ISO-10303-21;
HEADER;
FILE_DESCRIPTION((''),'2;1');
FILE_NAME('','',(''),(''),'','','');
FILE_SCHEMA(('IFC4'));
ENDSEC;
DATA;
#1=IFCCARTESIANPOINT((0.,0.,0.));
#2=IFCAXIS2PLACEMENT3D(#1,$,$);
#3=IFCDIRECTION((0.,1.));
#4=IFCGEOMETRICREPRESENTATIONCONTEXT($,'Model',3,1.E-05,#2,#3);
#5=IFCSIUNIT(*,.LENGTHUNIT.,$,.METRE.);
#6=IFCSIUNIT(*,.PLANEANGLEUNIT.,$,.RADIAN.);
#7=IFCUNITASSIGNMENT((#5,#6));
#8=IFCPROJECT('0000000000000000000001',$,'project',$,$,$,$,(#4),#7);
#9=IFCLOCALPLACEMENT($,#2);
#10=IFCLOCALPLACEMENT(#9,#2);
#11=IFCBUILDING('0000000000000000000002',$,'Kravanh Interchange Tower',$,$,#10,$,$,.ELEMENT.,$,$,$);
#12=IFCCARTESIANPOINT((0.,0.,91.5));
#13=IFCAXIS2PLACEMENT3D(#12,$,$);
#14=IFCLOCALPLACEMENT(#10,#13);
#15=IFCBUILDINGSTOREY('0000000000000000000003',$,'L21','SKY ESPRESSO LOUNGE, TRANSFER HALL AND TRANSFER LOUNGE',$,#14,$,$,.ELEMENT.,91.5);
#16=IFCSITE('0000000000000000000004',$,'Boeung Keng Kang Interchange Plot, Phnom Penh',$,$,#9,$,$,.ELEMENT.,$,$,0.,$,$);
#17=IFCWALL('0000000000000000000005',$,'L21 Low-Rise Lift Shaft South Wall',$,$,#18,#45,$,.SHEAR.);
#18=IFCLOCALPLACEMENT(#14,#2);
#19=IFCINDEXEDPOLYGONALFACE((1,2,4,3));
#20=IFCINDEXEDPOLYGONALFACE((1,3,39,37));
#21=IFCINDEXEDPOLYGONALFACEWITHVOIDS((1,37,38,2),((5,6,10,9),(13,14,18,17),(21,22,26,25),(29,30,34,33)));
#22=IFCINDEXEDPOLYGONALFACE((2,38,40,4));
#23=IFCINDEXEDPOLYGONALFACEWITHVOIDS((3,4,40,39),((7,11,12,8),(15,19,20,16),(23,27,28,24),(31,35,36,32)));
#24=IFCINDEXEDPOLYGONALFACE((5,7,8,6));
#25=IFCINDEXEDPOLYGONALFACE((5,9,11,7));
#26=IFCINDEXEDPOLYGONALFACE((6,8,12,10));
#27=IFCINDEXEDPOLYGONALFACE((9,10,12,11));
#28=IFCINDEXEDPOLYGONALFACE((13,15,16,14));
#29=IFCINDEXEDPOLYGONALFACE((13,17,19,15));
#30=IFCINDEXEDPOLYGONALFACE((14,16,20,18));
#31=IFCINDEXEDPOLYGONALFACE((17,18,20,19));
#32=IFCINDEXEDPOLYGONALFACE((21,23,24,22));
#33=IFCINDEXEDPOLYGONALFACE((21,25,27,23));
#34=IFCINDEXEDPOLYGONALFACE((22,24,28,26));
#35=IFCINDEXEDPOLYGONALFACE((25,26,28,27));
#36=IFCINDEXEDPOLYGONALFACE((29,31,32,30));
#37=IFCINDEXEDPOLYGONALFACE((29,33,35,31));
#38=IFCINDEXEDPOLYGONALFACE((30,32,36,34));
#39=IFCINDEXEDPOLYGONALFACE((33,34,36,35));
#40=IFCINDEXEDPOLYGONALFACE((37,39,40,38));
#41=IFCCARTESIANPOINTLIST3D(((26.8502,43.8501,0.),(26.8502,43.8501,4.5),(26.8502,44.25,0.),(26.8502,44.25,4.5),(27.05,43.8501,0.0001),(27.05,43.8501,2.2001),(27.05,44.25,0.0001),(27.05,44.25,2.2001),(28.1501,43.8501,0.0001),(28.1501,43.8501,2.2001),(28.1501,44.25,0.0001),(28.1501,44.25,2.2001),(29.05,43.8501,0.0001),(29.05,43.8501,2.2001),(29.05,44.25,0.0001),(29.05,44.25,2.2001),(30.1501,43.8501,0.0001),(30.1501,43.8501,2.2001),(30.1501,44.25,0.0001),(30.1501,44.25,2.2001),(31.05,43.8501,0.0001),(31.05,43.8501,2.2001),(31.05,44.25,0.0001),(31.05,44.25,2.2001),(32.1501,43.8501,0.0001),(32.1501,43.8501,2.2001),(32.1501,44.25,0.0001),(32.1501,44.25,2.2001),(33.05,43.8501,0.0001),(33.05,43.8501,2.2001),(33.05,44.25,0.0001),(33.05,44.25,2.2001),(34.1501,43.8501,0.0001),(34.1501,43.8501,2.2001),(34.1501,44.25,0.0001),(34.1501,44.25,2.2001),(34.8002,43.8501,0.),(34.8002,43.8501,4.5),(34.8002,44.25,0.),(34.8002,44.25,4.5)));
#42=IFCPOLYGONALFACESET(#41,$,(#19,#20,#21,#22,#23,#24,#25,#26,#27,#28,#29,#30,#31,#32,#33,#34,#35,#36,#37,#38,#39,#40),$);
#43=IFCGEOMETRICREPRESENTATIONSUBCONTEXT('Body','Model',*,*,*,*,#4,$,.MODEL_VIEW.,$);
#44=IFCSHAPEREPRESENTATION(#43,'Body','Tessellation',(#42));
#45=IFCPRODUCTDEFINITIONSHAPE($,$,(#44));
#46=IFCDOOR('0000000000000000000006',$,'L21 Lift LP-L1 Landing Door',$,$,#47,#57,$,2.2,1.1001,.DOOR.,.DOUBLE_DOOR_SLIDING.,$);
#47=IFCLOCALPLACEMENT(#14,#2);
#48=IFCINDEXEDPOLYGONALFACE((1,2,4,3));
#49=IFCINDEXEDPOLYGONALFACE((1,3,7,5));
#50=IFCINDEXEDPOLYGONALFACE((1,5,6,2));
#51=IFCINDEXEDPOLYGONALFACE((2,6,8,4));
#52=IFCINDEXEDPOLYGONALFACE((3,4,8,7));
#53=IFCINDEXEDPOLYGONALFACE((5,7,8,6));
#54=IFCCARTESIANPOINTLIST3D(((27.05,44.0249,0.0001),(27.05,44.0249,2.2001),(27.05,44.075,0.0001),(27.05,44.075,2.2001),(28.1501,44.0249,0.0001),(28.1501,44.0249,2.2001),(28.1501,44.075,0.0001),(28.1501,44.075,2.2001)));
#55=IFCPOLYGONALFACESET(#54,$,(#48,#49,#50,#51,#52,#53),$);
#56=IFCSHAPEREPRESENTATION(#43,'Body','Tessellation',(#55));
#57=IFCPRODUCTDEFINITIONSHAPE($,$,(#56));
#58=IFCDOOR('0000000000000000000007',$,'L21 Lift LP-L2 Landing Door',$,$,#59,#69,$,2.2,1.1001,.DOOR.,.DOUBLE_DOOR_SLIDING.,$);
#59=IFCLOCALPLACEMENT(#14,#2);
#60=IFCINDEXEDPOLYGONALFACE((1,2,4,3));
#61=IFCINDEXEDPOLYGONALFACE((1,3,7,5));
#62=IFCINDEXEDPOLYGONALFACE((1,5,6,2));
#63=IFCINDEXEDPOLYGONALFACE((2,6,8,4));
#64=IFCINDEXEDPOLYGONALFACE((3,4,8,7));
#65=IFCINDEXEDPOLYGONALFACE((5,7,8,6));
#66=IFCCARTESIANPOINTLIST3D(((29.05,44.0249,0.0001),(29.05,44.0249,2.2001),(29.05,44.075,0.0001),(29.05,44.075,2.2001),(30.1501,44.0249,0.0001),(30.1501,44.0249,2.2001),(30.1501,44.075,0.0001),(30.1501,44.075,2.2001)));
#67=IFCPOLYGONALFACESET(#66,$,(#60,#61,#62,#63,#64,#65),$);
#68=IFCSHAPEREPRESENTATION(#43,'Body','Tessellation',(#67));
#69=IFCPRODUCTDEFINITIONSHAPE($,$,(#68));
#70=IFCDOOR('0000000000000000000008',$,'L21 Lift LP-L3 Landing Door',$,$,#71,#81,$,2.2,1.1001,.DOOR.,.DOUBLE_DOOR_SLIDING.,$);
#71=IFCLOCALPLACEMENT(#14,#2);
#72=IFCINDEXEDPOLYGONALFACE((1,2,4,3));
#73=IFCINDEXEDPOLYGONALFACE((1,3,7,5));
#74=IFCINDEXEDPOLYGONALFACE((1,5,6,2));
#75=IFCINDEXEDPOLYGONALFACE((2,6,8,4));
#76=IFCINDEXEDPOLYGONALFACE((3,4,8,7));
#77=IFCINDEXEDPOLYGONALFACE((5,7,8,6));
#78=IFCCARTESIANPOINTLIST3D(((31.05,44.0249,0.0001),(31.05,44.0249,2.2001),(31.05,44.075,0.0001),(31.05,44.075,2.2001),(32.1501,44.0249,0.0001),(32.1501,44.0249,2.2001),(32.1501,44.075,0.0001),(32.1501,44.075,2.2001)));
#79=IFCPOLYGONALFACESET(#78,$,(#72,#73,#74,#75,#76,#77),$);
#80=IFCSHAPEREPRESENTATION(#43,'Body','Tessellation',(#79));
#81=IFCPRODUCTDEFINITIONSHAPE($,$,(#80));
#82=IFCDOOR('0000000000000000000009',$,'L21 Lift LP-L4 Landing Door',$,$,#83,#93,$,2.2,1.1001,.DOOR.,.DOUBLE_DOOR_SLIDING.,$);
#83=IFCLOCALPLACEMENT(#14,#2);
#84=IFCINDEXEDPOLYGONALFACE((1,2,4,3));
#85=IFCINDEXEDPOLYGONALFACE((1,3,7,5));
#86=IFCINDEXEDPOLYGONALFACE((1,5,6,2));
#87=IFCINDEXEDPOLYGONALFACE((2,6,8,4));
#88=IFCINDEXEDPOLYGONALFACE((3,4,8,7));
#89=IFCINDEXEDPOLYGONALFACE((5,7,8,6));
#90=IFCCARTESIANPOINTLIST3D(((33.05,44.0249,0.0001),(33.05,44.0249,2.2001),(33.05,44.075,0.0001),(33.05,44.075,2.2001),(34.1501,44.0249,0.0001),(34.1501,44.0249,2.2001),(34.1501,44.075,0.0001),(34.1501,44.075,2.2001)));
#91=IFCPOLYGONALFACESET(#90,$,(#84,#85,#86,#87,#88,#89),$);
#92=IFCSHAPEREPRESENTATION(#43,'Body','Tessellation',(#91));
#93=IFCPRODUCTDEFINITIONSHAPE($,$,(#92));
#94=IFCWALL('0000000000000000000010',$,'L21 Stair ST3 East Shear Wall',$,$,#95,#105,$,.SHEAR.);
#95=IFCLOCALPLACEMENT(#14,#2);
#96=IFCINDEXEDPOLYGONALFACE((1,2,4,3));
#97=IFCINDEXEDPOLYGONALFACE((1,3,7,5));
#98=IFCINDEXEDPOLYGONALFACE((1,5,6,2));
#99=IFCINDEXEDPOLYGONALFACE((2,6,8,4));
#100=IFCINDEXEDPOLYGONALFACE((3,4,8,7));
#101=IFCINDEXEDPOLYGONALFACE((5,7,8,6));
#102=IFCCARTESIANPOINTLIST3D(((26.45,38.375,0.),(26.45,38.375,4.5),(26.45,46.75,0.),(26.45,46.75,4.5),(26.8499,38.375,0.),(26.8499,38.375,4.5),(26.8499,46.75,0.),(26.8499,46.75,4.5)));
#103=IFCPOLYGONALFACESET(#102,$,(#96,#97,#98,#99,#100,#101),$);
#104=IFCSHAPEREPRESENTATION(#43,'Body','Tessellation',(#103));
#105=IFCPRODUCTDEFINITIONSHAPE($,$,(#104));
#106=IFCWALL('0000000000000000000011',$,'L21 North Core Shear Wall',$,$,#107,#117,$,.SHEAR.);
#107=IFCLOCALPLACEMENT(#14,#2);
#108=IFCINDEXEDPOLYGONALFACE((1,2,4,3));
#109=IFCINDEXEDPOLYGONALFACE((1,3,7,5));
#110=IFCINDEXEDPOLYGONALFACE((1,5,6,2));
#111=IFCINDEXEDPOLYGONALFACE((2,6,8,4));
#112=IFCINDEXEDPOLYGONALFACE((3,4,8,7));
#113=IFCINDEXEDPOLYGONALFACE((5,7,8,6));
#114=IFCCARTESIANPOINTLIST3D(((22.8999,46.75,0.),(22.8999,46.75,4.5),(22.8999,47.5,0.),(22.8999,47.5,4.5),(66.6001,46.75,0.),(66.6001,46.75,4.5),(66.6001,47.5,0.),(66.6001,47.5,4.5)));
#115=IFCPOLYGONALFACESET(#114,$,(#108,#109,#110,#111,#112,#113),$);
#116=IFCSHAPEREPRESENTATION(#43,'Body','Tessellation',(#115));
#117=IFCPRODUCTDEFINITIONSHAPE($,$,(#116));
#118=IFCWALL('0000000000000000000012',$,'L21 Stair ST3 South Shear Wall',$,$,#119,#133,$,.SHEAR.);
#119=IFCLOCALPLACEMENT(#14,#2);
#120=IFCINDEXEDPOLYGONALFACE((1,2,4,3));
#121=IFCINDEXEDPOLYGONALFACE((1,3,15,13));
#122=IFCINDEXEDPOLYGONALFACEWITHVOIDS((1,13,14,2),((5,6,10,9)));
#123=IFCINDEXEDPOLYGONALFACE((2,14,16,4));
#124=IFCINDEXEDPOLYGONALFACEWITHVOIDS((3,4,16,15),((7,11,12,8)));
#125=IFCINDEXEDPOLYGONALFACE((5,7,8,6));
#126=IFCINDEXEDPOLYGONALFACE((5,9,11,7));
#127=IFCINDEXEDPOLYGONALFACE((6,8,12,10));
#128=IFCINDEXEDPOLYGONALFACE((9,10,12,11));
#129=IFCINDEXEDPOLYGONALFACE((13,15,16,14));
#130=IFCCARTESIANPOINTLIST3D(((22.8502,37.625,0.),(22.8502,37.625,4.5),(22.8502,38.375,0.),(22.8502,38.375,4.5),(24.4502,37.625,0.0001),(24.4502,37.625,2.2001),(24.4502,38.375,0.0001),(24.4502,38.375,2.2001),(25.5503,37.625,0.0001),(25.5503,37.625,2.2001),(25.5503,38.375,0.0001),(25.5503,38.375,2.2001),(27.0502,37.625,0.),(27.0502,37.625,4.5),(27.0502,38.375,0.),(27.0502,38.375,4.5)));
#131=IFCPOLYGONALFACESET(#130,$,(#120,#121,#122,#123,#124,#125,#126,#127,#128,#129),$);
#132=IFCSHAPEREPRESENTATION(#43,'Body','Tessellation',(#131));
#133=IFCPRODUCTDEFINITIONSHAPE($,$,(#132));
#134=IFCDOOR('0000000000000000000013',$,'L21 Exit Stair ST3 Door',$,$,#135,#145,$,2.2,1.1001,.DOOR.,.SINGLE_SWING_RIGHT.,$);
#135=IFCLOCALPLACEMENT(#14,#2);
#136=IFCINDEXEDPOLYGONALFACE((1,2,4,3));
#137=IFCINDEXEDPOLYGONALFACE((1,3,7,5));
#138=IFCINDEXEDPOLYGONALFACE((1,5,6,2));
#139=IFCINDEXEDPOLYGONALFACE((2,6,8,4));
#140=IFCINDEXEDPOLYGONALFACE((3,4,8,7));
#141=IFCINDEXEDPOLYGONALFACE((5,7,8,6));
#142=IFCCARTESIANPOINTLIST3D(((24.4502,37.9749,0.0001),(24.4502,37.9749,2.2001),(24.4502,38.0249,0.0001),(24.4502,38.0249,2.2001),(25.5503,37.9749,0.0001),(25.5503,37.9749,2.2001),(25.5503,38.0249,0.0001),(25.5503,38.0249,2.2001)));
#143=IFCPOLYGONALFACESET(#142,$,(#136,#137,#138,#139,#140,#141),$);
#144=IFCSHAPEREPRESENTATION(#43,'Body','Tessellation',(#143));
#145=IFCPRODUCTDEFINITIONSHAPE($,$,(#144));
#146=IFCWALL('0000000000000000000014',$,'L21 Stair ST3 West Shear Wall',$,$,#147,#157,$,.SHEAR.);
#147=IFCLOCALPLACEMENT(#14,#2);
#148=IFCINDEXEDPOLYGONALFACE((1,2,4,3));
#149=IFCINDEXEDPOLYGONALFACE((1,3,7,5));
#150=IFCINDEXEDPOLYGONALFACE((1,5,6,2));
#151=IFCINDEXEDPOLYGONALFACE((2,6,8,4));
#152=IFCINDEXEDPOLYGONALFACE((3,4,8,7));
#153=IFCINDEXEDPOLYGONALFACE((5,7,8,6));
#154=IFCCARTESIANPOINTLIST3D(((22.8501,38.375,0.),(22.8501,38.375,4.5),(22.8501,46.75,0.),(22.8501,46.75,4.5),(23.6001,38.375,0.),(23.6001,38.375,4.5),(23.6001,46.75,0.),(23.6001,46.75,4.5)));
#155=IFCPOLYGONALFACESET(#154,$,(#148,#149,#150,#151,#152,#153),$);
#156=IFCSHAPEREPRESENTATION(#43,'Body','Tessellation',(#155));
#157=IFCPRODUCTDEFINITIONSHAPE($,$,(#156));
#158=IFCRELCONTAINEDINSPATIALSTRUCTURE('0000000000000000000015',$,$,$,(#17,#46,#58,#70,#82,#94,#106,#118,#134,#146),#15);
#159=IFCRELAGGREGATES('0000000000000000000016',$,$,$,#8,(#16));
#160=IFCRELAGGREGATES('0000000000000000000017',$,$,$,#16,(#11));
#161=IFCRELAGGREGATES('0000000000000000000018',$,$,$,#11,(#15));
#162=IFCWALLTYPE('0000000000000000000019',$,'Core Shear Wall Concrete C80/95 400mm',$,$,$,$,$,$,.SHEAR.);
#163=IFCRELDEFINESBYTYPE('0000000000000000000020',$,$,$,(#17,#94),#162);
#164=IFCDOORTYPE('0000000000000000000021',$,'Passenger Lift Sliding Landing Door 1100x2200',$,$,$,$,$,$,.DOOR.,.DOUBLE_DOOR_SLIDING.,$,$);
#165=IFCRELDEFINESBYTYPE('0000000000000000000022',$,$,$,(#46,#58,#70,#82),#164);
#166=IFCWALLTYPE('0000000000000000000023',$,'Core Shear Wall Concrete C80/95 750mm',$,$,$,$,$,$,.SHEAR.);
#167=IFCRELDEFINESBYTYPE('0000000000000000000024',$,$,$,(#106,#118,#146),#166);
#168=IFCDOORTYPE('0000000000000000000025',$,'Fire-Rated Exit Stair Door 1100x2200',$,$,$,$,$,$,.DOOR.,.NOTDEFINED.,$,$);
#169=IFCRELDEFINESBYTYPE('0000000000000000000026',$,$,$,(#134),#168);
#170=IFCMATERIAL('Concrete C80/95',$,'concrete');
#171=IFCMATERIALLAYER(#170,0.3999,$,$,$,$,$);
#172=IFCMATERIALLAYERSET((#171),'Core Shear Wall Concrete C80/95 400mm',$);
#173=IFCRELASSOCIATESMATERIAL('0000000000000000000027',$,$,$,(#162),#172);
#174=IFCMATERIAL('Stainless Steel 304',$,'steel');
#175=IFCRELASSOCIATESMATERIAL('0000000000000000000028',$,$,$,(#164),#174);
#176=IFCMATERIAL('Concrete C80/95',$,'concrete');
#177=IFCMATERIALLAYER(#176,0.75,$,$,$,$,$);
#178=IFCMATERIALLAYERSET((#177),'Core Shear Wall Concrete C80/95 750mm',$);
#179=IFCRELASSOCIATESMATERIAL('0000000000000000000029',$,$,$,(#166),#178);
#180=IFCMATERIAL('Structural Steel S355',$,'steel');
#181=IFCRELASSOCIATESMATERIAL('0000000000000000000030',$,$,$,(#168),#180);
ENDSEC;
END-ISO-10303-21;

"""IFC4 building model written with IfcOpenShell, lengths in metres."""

from ifc_helpers import new_model, si_unit, direction, frame, frame_2d, origin, place, context, subcontext, project, spatial, rectangle, extrude, material, layer, layer_set, type_object, element, fill, save


model = new_model("IFC4")

# Units and contexts
model_context = context("Model", 3, precision=1e-05, world=origin(), true_north=direction((0.0, 1.0)))
body_context = subcontext(model_context, "Body", "Model", "MODEL_VIEW")
ifc_project = project(units=[si_unit("LENGTHUNIT", "METRE"), si_unit("PLANEANGLEUNIT", "RADIAN")], contexts=[model_context])

# Site, building, storey
site_placement = place(None, origin())
site = spatial("IfcSite", under=ifc_project, at=site_placement, Name="Boeung Keng Kang Interchange Plot, Phnom Penh", CompositionType="ELEMENT", RefElevation=0.0)
building_placement = place(site_placement, origin())
building = spatial("IfcBuilding", under=site, at=building_placement, Name="Kravanh Interchange Tower", CompositionType="ELEMENT")
storey_placement = place(building_placement, frame((0.0, 0.0, 91.5)))
storey = spatial("IfcBuildingStorey", under=building, at=storey_placement, Name="L21", Description="SKY ESPRESSO LOUNGE, TRANSFER HALL AND TRANSFER LOUNGE", CompositionType="ELEMENT", Elevation=91.5)

# Wall, openings, doors
ifc_material_1 = material(Name="Concrete C80/95", Category="concrete")
ifc_layer_1 = layer(ifc_material_1, 0.3999)
ifc_layer_set_1 = layer_set([ifc_layer_1], Name="Core Shear Wall Concrete C80/95 400mm")
wall_type_1 = type_object("IfcWallType", Name="Core Shear Wall Concrete C80/95 400mm", PredefinedType="SHEAR", material=ifc_layer_set_1)
wall_1_placement = place(storey_placement, frame((26.8501, 44.05, 0.0), z_axis=(0.0, 0.0, 1.0), x_axis=(1.0, 0.0, 0.0)))
wall_1 = element("IfcWall", 1, at=wall_1_placement, inside=storey, type_object=wall_type_1, Name="L21 Low-Rise Lift Shaft South Wall", PredefinedType="SHEAR", context=body_context, shape_type="SweptSolid", body=[
    extrude(rectangle(XDim=7.95, YDim=0.3999, at=frame_2d((3.9751, 0.0))), origin(), (0.0, 0.0, 1.0), 4.5),
])
opening_1_placement = place(wall_1_placement, frame((0.2, 0.0, 0.0)))
opening_1 = element("IfcOpeningElement", 2, at=opening_1_placement, cuts=wall_1, PredefinedType="OPENING", context=body_context, shape_type="SweptSolid", body=[
    extrude(rectangle(XDim=1.1001, YDim=2.2, at=frame_2d((0.55, 1.1001))), frame((0.0, 0.21, 0.0), z_axis=(0.0, -1.0, 0.0), x_axis=(1.0, 0.0, 0.0)), (0.0, 0.0, 1.0), 0.4199),
])
opening_2_placement = place(wall_1_placement, frame((2.2, 0.0, 0.0)))
opening_2 = element("IfcOpeningElement", 3, at=opening_2_placement, cuts=wall_1, PredefinedType="OPENING", context=body_context, shape_type="SweptSolid", body=[
    extrude(rectangle(XDim=1.1001, YDim=2.2, at=frame_2d((0.55, 1.1001))), frame((0.0, 0.21, 0.0), z_axis=(0.0, -1.0, 0.0), x_axis=(1.0, 0.0, 0.0)), (0.0, 0.0, 1.0), 0.4199),
])
opening_3_placement = place(wall_1_placement, frame((4.2, 0.0, 0.0)))
opening_3 = element("IfcOpeningElement", 4, at=opening_3_placement, cuts=wall_1, PredefinedType="OPENING", context=body_context, shape_type="SweptSolid", body=[
    extrude(rectangle(XDim=1.1001, YDim=2.2, at=frame_2d((0.55, 1.1001))), frame((0.0, 0.21, 0.0), z_axis=(0.0, -1.0, 0.0), x_axis=(1.0, 0.0, 0.0)), (0.0, 0.0, 1.0), 0.4199),
])
opening_4_placement = place(wall_1_placement, frame((6.2, 0.0, 0.0)))
opening_4 = element("IfcOpeningElement", 5, at=opening_4_placement, cuts=wall_1, PredefinedType="OPENING", context=body_context, shape_type="SweptSolid", body=[
    extrude(rectangle(XDim=1.1001, YDim=2.2, at=frame_2d((0.55, 1.1001))), frame((0.0, 0.21, 0.0), z_axis=(0.0, -1.0, 0.0), x_axis=(1.0, 0.0, 0.0)), (0.0, 0.0, 1.0), 0.4199),
])
ifc_material_2 = material(Name="Stainless Steel 304", Category="steel")
door_type_1 = type_object("IfcDoorType", Name="Passenger Lift Sliding Landing Door 1100x2200", OperationType="DOUBLE_DOOR_SLIDING", PredefinedType="DOOR", material=ifc_material_2)
door_1_placement = place(opening_1_placement, origin())
door_1 = element("IfcDoor", 6, at=door_1_placement, inside=storey, type_object=door_type_1, Name="L21 Lift LP-L1 Landing Door", OperationType="DOUBLE_DOOR_SLIDING", OverallHeight=2.2, OverallWidth=1.1001, PredefinedType="DOOR", context=body_context, shape_type="SweptSolid", body=[
    extrude(rectangle(XDim=1.1001, YDim=2.2, at=frame_2d((0.55, 1.1001))), frame((0.0, 0.0249, 0.0), z_axis=(0.0, -1.0, 0.0), x_axis=(1.0, 0.0, 0.0)), (0.0, 0.0, 1.0), 0.05),
])
fill(opening_1, door_1)
door_2_placement = place(opening_2_placement, origin())
door_2 = element("IfcDoor", 7, at=door_2_placement, inside=storey, type_object=door_type_1, Name="L21 Lift LP-L2 Landing Door", OperationType="DOUBLE_DOOR_SLIDING", OverallHeight=2.2, OverallWidth=1.1001, PredefinedType="DOOR", context=body_context, shape_type="SweptSolid", body=[
    extrude(rectangle(XDim=1.1001, YDim=2.2, at=frame_2d((0.55, 1.1001))), frame((0.0, 0.0249, 0.0), z_axis=(0.0, -1.0, 0.0), x_axis=(1.0, 0.0, 0.0)), (0.0, 0.0, 1.0), 0.05),
])
fill(opening_2, door_2)
door_3_placement = place(opening_3_placement, origin())
door_3 = element("IfcDoor", 8, at=door_3_placement, inside=storey, type_object=door_type_1, Name="L21 Lift LP-L3 Landing Door", OperationType="DOUBLE_DOOR_SLIDING", OverallHeight=2.2, OverallWidth=1.1001, PredefinedType="DOOR", context=body_context, shape_type="SweptSolid", body=[
    extrude(rectangle(XDim=1.1001, YDim=2.2, at=frame_2d((0.55, 1.1001))), frame((0.0, 0.0249, 0.0), z_axis=(0.0, -1.0, 0.0), x_axis=(1.0, 0.0, 0.0)), (0.0, 0.0, 1.0), 0.05),
])
fill(opening_3, door_3)
door_4_placement = place(opening_4_placement, origin())
door_4 = element("IfcDoor", 9, at=door_4_placement, inside=storey, type_object=door_type_1, Name="L21 Lift LP-L4 Landing Door", OperationType="DOUBLE_DOOR_SLIDING", OverallHeight=2.2, OverallWidth=1.1001, PredefinedType="DOOR", context=body_context, shape_type="SweptSolid", body=[
    extrude(rectangle(XDim=1.1001, YDim=2.2, at=frame_2d((0.55, 1.1001))), frame((0.0, 0.0249, 0.0), z_axis=(0.0, -1.0, 0.0), x_axis=(1.0, 0.0, 0.0)), (0.0, 0.0, 1.0), 0.05),
])
fill(opening_4, door_4)

# Walls
wall_2_placement = place(storey_placement, frame((26.6499, 38.375, 0.0), z_axis=(0.0, 0.0, 1.0), x_axis=(0.0, 1.0, 0.0)))
element("IfcWall", 10, at=wall_2_placement, inside=storey, type_object=wall_type_1, Name="L21 Stair ST3 East Shear Wall", PredefinedType="SHEAR", context=body_context, shape_type="SweptSolid", body=[
    extrude(rectangle(XDim=8.375, YDim=0.3999, at=frame_2d((4.1875, 0.0))), origin(), (0.0, 0.0, 1.0), 4.5),
])
ifc_material_3 = material(Name="Concrete C80/95", Category="concrete")
ifc_layer_2 = layer(ifc_material_3, 0.75)
ifc_layer_set_2 = layer_set([ifc_layer_2], Name="Core Shear Wall Concrete C80/95 750mm")
wall_type_2 = type_object("IfcWallType", Name="Core Shear Wall Concrete C80/95 750mm", PredefinedType="SHEAR", material=ifc_layer_set_2)
wall_3_placement = place(storey_placement, frame((22.8999, 47.125, 0.0), z_axis=(0.0, 0.0, 1.0), x_axis=(1.0, 0.0, 0.0)))
element("IfcWall", 11, at=wall_3_placement, inside=storey, type_object=wall_type_2, Name="L21 North Core Shear Wall", PredefinedType="SHEAR", context=body_context, shape_type="SweptSolid", body=[
    extrude(rectangle(XDim=43.7002, YDim=0.75, at=frame_2d((21.8501, 0.0))), origin(), (0.0, 0.0, 1.0), 4.5),
])

# Wall, opening, door
wall_4_placement = place(storey_placement, frame((22.8501, 38.0, 0.0), z_axis=(0.0, 0.0, 1.0), x_axis=(1.0, 0.0, 0.0)))
wall_4 = element("IfcWall", 12, at=wall_4_placement, inside=storey, type_object=wall_type_2, Name="L21 Stair ST3 South Shear Wall", PredefinedType="SHEAR", context=body_context, shape_type="SweptSolid", body=[
    extrude(rectangle(XDim=4.2, YDim=0.75, at=frame_2d((2.1001, 0.0))), origin(), (0.0, 0.0, 1.0), 4.5),
])
opening_5_placement = place(wall_4_placement, frame((1.6001, 0.0, 0.0)))
opening_5 = element("IfcOpeningElement", 13, at=opening_5_placement, cuts=wall_4, PredefinedType="OPENING", context=body_context, shape_type="SweptSolid", body=[
    extrude(rectangle(XDim=1.1001, YDim=2.2, at=frame_2d((0.55, 1.1001))), frame((0.0, 0.385, 0.0), z_axis=(0.0, -1.0, 0.0), x_axis=(1.0, 0.0, 0.0)), (0.0, 0.0, 1.0), 0.77),
])
ifc_material_4 = material(Name="Structural Steel S355", Category="steel")
door_type_2 = type_object("IfcDoorType", Name="Fire-Rated Exit Stair Door 1100x2200", OperationType="NOTDEFINED", PredefinedType="DOOR", material=ifc_material_4)
door_5_placement = place(opening_5_placement, origin())
door_5 = element("IfcDoor", 14, at=door_5_placement, inside=storey, type_object=door_type_2, Name="L21 Exit Stair ST3 Door", OperationType="SINGLE_SWING_RIGHT", OverallHeight=2.2, OverallWidth=1.1001, PredefinedType="DOOR", context=body_context, shape_type="SweptSolid", body=[
    extrude(rectangle(XDim=1.1001, YDim=2.2, at=frame_2d((0.55, 1.1001))), frame((0.0, 0.0249, 0.0), z_axis=(0.0, -1.0, 0.0), x_axis=(1.0, 0.0, 0.0)), (0.0, 0.0, 1.0), 0.05),
])
fill(opening_5, door_5)

# Wall
wall_5_placement = place(storey_placement, frame((23.2251, 38.375, 0.0), z_axis=(0.0, 0.0, 1.0), x_axis=(0.0, 1.0, 0.0)))
element("IfcWall", 15, at=wall_5_placement, inside=storey, type_object=wall_type_2, Name="L21 Stair ST3 West Shear Wall", PredefinedType="SHEAR", context=body_context, shape_type="SweptSolid", body=[
    extrude(rectangle(XDim=8.375, YDim=0.75, at=frame_2d((4.1875, 0.0))), origin(), (0.0, 0.0, 1.0), 4.5),
])

save(model, "model.ifc")
